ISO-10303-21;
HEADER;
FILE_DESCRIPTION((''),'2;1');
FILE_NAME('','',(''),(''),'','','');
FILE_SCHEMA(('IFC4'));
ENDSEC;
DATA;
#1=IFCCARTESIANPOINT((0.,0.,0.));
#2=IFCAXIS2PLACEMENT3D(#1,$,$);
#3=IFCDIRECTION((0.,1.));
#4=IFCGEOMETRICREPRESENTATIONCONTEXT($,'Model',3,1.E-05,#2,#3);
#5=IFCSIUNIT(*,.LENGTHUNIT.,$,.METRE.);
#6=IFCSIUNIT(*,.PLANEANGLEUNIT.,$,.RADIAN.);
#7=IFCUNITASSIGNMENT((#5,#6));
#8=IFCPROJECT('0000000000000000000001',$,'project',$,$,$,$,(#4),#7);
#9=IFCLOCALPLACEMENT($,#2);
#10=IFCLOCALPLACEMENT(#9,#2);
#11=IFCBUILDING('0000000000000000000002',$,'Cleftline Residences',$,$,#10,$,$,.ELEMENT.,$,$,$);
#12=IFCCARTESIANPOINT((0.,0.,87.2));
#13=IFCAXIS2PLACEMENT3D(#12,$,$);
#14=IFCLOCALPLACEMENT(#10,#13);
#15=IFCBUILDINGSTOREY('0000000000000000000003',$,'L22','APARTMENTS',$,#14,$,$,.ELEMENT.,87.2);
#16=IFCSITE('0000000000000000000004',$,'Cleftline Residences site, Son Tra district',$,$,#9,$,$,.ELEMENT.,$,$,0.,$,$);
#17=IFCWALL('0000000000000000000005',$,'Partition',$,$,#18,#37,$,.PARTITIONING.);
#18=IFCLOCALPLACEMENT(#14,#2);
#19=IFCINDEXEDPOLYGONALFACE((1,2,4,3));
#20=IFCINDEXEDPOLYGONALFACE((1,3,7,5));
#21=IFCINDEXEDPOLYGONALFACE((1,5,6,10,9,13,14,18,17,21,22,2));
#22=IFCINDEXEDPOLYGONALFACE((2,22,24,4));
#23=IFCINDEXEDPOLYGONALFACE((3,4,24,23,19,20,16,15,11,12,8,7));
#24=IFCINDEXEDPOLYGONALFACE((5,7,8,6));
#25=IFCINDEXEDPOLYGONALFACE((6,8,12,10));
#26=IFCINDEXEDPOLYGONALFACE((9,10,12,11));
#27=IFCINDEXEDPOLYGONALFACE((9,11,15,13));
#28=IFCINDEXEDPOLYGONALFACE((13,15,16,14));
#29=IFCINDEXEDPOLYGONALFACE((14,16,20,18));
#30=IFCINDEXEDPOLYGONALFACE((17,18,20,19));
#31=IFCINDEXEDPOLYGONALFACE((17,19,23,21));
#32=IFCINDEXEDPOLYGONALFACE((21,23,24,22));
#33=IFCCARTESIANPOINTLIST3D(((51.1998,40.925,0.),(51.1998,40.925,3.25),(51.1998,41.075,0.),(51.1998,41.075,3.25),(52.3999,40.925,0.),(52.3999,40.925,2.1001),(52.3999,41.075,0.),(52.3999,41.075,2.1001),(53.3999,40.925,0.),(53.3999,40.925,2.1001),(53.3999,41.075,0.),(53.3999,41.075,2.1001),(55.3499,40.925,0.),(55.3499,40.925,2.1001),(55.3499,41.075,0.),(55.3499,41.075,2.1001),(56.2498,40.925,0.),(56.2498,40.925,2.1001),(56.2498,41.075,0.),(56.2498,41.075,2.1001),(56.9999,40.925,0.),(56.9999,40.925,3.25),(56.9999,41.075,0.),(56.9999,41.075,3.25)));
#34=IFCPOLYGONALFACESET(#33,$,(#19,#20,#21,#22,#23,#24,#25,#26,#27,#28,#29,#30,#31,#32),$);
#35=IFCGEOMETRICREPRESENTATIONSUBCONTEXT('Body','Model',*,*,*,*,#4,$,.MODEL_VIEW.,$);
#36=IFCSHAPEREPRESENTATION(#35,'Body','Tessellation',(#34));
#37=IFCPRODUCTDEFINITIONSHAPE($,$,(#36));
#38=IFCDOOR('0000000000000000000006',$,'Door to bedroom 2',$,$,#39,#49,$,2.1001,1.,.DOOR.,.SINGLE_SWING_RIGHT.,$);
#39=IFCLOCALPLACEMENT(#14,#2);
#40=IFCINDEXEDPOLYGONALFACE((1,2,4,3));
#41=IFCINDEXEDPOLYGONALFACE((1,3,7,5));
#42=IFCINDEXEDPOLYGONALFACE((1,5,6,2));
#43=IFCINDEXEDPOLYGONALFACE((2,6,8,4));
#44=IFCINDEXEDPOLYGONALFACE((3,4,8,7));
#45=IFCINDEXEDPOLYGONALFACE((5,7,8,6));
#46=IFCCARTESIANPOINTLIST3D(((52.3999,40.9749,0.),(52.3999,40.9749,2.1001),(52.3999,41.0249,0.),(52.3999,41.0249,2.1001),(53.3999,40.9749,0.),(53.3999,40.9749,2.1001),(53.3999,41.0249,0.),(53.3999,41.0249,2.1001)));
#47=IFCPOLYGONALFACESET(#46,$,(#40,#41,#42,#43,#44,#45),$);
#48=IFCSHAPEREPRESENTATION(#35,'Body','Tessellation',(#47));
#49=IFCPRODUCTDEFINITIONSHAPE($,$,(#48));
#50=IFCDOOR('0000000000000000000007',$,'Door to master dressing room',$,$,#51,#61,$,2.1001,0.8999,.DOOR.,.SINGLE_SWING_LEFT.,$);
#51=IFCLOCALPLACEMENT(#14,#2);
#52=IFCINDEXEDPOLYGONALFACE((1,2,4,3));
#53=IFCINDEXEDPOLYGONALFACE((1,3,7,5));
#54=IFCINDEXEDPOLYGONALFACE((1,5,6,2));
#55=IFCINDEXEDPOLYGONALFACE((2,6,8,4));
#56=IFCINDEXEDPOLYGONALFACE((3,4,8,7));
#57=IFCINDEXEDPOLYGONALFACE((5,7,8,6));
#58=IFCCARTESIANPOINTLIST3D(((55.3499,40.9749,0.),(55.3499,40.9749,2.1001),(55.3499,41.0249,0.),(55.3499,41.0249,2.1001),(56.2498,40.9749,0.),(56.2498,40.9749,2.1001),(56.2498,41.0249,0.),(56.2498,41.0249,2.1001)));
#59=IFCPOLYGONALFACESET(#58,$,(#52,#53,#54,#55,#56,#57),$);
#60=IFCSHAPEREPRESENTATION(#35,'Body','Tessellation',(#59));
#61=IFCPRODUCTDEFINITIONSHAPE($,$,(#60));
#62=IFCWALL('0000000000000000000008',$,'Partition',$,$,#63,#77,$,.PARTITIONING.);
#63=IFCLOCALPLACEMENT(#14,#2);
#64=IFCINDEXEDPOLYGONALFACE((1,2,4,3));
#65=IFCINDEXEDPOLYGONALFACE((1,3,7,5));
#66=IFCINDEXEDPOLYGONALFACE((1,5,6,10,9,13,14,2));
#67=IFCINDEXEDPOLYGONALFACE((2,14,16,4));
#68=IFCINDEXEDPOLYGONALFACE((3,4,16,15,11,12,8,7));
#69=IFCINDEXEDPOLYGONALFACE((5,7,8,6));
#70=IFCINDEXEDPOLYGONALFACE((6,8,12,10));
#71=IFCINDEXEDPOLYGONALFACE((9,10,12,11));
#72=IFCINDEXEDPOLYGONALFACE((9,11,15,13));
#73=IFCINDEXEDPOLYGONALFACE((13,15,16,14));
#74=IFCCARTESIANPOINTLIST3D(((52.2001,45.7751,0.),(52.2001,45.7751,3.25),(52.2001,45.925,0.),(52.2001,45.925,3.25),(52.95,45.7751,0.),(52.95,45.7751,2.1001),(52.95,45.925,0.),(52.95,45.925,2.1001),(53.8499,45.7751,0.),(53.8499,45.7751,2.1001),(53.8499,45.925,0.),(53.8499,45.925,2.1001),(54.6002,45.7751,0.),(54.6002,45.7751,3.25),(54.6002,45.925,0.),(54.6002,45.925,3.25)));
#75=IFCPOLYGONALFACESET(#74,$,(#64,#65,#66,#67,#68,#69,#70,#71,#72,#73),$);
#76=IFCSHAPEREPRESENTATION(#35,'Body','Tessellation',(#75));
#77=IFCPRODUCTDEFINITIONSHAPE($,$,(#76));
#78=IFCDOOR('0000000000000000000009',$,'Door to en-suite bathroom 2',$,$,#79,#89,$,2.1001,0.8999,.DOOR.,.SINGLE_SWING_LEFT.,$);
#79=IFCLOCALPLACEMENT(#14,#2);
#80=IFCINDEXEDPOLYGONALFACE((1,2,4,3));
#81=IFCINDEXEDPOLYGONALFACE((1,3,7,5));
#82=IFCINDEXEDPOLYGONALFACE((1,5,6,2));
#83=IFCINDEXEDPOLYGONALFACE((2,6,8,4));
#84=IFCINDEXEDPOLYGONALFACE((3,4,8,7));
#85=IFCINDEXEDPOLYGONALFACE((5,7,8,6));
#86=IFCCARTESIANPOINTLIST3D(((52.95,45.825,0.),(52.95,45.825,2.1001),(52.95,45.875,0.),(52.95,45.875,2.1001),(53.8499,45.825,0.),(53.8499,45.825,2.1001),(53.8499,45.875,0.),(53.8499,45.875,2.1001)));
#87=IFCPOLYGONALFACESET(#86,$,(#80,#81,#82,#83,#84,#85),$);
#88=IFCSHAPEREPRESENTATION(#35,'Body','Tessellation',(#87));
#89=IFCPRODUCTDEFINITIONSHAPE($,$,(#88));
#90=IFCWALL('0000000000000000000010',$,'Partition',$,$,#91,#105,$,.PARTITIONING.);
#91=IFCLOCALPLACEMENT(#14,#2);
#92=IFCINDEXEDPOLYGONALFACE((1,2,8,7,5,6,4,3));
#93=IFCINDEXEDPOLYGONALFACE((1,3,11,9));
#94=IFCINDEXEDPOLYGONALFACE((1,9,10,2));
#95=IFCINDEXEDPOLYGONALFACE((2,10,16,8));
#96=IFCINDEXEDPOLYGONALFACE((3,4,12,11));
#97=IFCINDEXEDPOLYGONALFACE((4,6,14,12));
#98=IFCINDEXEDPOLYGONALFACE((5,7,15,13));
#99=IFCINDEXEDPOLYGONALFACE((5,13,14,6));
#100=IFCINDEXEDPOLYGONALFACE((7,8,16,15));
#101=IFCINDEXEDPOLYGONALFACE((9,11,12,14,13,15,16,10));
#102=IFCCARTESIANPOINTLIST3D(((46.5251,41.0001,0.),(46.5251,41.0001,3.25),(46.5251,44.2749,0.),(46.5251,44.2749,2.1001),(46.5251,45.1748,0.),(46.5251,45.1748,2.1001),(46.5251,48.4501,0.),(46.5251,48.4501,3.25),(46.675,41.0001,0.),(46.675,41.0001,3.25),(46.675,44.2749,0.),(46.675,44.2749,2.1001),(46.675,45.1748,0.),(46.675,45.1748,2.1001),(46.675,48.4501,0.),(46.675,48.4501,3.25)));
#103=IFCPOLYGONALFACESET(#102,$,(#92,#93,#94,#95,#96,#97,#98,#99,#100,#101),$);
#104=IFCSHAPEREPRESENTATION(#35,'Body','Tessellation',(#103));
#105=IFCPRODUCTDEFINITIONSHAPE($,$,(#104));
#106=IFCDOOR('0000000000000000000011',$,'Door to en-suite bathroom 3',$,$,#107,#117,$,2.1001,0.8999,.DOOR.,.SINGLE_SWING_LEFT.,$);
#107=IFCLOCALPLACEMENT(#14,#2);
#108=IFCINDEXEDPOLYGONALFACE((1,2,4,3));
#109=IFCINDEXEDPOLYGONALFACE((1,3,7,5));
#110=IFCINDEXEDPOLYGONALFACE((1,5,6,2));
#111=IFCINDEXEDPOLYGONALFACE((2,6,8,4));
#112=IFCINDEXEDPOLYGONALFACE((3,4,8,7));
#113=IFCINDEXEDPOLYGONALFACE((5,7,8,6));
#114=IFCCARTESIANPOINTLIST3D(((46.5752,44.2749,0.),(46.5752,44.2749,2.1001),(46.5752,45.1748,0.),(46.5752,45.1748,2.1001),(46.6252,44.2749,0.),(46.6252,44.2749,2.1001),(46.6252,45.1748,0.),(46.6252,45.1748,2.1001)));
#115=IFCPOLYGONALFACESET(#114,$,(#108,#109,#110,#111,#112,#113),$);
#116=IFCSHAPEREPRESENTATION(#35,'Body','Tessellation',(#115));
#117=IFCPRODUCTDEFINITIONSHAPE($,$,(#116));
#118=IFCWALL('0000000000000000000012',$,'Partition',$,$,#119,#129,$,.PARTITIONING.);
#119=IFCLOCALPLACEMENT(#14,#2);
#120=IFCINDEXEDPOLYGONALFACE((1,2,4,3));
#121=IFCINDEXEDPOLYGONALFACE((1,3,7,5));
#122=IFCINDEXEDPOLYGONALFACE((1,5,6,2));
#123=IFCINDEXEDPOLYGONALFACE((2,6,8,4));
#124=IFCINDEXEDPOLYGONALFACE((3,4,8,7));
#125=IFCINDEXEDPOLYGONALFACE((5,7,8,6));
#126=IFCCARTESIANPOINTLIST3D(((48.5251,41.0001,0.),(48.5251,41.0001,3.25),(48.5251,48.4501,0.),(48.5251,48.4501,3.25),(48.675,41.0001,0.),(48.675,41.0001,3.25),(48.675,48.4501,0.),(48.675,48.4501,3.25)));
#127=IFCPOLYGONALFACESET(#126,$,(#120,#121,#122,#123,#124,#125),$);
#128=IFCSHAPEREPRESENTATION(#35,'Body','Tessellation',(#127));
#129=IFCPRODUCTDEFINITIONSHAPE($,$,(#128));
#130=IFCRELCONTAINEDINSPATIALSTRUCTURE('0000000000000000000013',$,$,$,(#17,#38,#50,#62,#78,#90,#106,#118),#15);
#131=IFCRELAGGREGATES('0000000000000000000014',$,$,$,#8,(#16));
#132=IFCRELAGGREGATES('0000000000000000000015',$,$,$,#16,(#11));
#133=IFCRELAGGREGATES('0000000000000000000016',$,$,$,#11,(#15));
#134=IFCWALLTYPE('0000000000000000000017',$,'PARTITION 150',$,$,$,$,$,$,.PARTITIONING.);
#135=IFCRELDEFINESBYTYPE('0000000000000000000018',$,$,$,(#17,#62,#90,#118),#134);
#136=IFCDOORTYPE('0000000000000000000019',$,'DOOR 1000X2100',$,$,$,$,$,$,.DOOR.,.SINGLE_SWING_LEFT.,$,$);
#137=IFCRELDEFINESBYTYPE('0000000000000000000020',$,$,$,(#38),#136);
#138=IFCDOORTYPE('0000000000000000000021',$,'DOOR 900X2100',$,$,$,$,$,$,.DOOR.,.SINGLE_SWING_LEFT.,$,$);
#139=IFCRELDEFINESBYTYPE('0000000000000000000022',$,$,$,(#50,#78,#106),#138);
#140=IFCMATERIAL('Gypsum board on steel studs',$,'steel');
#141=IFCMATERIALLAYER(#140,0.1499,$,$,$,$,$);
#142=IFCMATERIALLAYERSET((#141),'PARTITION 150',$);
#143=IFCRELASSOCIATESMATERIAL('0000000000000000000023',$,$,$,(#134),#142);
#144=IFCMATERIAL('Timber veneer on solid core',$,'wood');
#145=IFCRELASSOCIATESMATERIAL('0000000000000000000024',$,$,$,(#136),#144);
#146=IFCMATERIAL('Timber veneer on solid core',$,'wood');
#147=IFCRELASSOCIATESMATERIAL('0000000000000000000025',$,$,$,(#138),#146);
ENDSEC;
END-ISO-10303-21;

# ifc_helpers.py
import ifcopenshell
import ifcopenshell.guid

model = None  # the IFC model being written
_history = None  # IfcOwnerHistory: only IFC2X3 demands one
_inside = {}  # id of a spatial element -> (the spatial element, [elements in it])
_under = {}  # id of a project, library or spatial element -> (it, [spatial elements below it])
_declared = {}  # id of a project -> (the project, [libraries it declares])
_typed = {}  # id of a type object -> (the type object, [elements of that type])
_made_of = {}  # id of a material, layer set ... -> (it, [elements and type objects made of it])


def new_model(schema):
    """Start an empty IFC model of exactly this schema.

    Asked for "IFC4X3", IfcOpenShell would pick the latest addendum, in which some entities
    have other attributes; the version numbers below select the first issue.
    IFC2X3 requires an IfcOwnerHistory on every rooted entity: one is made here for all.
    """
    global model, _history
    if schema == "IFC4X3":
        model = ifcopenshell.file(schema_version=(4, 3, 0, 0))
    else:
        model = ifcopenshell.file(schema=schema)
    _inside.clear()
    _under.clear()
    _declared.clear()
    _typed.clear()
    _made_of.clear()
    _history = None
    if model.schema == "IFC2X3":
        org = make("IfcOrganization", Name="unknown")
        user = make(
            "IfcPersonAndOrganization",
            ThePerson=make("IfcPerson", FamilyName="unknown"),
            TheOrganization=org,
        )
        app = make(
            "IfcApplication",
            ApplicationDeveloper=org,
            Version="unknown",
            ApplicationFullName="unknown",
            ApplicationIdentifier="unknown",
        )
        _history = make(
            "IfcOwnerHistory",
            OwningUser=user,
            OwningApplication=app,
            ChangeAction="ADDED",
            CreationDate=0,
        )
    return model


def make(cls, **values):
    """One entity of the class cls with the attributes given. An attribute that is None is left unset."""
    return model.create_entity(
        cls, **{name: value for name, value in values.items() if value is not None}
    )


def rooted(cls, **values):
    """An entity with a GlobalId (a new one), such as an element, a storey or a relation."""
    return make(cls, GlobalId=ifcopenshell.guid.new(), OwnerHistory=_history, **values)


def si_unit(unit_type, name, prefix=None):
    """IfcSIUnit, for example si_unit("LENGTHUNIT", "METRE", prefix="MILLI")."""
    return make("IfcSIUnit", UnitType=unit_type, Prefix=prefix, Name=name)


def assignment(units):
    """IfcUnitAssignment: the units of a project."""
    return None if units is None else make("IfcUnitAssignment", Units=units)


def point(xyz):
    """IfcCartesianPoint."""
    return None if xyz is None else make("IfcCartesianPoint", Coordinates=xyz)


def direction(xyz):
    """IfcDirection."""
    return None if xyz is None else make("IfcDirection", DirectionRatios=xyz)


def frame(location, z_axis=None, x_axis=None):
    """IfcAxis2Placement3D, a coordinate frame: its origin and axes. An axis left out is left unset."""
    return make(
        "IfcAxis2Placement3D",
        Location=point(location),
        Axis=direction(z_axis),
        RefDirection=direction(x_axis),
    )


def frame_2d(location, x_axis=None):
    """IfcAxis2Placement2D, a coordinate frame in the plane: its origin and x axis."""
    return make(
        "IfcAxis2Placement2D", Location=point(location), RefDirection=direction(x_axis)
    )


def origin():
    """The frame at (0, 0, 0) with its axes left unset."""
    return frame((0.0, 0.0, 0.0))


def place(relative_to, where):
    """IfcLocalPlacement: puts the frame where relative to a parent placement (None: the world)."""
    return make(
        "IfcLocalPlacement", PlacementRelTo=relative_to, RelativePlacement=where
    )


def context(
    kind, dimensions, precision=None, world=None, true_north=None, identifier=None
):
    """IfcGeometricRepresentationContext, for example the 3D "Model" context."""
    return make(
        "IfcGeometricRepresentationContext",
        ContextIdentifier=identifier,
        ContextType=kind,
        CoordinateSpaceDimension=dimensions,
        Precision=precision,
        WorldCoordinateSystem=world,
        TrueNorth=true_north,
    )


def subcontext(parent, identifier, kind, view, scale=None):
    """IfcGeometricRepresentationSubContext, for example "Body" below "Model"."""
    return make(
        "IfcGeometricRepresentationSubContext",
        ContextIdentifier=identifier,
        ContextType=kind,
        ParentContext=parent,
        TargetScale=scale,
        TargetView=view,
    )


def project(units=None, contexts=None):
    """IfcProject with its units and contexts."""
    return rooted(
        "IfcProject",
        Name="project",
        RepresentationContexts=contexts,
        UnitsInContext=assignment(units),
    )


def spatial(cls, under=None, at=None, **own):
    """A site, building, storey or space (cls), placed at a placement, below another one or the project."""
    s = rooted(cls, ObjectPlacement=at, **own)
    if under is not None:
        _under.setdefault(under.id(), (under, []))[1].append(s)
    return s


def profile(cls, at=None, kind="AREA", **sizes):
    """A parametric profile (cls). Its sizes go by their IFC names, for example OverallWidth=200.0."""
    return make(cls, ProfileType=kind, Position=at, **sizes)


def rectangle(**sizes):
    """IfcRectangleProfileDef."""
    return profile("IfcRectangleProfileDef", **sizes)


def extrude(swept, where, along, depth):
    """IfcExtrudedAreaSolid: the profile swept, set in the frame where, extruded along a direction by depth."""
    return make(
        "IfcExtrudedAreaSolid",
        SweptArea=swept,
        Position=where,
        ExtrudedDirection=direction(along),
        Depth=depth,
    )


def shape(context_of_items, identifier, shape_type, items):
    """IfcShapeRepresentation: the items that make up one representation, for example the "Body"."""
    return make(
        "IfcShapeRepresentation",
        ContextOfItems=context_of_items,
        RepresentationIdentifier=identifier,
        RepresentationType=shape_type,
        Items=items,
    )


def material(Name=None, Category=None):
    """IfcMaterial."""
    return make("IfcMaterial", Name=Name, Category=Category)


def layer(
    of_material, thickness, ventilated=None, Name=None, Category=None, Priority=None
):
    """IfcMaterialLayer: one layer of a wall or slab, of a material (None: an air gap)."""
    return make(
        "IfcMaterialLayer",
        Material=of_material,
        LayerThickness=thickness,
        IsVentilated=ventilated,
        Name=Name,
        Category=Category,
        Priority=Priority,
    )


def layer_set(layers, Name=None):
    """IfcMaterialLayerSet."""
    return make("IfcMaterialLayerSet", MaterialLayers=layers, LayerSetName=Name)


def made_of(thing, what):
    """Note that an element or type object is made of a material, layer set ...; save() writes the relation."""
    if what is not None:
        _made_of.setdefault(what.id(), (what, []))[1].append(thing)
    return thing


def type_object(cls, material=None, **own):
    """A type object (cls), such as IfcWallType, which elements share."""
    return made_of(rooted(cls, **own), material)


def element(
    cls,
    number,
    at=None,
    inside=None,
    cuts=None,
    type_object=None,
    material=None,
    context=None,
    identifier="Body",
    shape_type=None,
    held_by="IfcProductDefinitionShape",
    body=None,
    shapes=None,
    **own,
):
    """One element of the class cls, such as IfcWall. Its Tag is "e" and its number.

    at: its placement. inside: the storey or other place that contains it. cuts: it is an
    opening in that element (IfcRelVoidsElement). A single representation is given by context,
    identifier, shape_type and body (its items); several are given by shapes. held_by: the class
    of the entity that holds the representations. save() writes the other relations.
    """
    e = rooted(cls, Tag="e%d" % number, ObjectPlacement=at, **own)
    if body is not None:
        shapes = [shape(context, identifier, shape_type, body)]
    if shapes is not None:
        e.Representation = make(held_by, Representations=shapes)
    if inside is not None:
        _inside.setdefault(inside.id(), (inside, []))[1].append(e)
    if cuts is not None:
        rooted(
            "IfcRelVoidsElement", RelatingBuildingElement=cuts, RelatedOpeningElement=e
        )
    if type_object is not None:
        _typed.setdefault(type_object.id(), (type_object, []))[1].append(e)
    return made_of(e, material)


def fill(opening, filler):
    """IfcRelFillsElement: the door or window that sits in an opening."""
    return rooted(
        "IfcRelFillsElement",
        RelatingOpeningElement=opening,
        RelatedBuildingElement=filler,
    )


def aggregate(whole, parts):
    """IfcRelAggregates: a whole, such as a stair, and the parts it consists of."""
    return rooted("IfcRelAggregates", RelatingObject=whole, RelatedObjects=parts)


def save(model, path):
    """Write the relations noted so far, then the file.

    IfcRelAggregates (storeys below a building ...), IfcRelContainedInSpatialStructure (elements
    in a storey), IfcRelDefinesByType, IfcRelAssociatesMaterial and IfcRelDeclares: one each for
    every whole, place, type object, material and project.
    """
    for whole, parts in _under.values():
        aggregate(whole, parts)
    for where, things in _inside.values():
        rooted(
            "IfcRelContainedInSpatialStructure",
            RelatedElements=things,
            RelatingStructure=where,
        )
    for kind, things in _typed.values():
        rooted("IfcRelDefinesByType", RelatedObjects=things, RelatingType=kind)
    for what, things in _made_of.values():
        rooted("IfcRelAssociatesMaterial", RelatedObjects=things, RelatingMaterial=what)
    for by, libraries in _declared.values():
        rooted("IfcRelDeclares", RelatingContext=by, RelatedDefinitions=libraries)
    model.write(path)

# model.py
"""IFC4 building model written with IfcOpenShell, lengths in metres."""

from ifc_helpers import new_model, si_unit, direction, frame, frame_2d, origin, place, context, subcontext, project, spatial, rectangle, extrude, material, layer, layer_set, type_object, element, fill, save


model = new_model("IFC4")

# Units and contexts
model_context = context("Model", 3, precision=1e-05, world=origin(), true_north=direction((0.0, 1.0)))
body_context = subcontext(model_context, "Body", "Model", "MODEL_VIEW")
ifc_project = project(units=[si_unit("LENGTHUNIT", "METRE"), si_unit("PLANEANGLEUNIT", "RADIAN")], contexts=[model_context])

# Site, building, storey
site_placement = place(None, origin())
site = spatial("IfcSite", under=ifc_project, at=site_placement, Name="Cleftline Residences site, Son Tra district", CompositionType="ELEMENT", RefElevation=0.0)
building_placement = place(site_placement, origin())
building = spatial("IfcBuilding", under=site, at=building_placement, Name="Cleftline Residences", CompositionType="ELEMENT")
storey_placement = place(building_placement, frame((0.0, 0.0, 87.2)))
storey = spatial("IfcBuildingStorey", under=building, at=storey_placement, Name="L22", Description="APARTMENTS", CompositionType="ELEMENT", Elevation=87.2)

# Shared definitions
ifc_material_1 = material(Name="Gypsum board on steel studs", Category="steel")
ifc_layer_1 = layer(ifc_material_1, 0.1499)
ifc_layer_set_1 = layer_set([ifc_layer_1], Name="PARTITION 150")
wall_type = type_object("IfcWallType", Name="PARTITION 150", PredefinedType="PARTITIONING", material=ifc_layer_set_1)
ifc_material_2 = material(Name="Timber veneer on solid core", Category="wood")
door_type_1 = type_object("IfcDoorType", Name="DOOR 1000X2100", OperationType="SINGLE_SWING_LEFT", PredefinedType="DOOR", material=ifc_material_2)
ifc_material_3 = material(Name="Timber veneer on solid core", Category="wood")
door_type_2 = type_object("IfcDoorType", Name="DOOR 900X2100", OperationType="SINGLE_SWING_LEFT", PredefinedType="DOOR", material=ifc_material_3)

# Wall, openings, doors
wall_1_placement = place(storey_placement, frame((51.2, 41.0, 0.0), z_axis=(0.0, 0.0, 1.0), x_axis=(1.0, 0.0, 0.0)))
wall_1 = element("IfcWall", 1, at=wall_1_placement, inside=storey, type_object=wall_type, Name="Partition", PredefinedType="PARTITIONING", context=body_context, shape_type="SweptSolid", body=[
    extrude(rectangle(XDim=5.8, YDim=0.1499, at=frame_2d((2.8999, 0.0))), origin(), (0.0, 0.0, 1.0), 3.25),
])
opening_1_placement = place(wall_1_placement, frame((4.1499, 0.0, 0.0)))
opening_1 = element("IfcOpeningElement", 2, at=opening_1_placement, cuts=wall_1, PredefinedType="OPENING", context=body_context, shape_type="SweptSolid", body=[
    extrude(rectangle(XDim=0.8999, YDim=2.1001, at=frame_2d((0.45, 1.05))), frame((0.0, 0.085, 0.0), z_axis=(0.0, -1.0, 0.0), x_axis=(1.0, 0.0, 0.0)), (0.0, 0.0, 1.0), 0.1699),
])
opening_2_placement = place(wall_1_placement, frame((1.2, 0.0, 0.0)))
opening_2 = element("IfcOpeningElement", 3, at=opening_2_placement, cuts=wall_1, PredefinedType="OPENING", context=body_context, shape_type="SweptSolid", body=[
    extrude(rectangle(XDim=1.0, YDim=2.1001, at=frame_2d((0.5, 1.05))), frame((0.0, 0.085, 0.0), z_axis=(0.0, -1.0, 0.0), x_axis=(1.0, 0.0, 0.0)), (0.0, 0.0, 1.0), 0.1699),
])
door_1_placement = place(opening_2_placement, origin())
door_1 = element("IfcDoor", 4, at=door_1_placement, inside=storey, type_object=door_type_1, Name="Door to bedroom 2", OperationType="SINGLE_SWING_RIGHT", OverallHeight=2.1001, OverallWidth=1.0, PredefinedType="DOOR", context=body_context, shape_type="SweptSolid", body=[
    extrude(rectangle(XDim=1.0, YDim=2.1001, at=frame_2d((0.5, 1.05))), frame((0.0, 0.0249, 0.0), z_axis=(0.0, -1.0, 0.0), x_axis=(1.0, 0.0, 0.0)), (0.0, 0.0, 1.0), 0.05),
])
fill(opening_2, door_1)
door_2_placement = place(opening_1_placement, origin())
door_2 = element("IfcDoor", 5, at=door_2_placement, inside=storey, type_object=door_type_2, Name="Door to master dressing room", OperationType="SINGLE_SWING_LEFT", OverallHeight=2.1001, OverallWidth=0.8999, PredefinedType="DOOR", context=body_context, shape_type="SweptSolid", body=[
    extrude(rectangle(XDim=0.8999, YDim=2.1001, at=frame_2d((0.45, 1.05))), frame((0.0, 0.0249, 0.0), z_axis=(0.0, -1.0, 0.0), x_axis=(1.0, 0.0, 0.0)), (0.0, 0.0, 1.0), 0.05),
])
fill(opening_1, door_2)

# Walls, openings, doors
wall_2_placement = place(storey_placement, frame((52.2, 45.8501, 0.0), z_axis=(0.0, 0.0, 1.0), x_axis=(1.0, 0.0, 0.0)))
wall_2 = element("IfcWall", 6, at=wall_2_placement, inside=storey, type_object=wall_type, Name="Partition", PredefinedType="PARTITIONING", context=body_context, shape_type="SweptSolid", body=[
    extrude(rectangle(XDim=2.4001, YDim=0.1499, at=frame_2d((1.2002, 0.0))), origin(), (0.0, 0.0, 1.0), 3.25),
])
opening_3_placement = place(wall_2_placement, frame((0.75, 0.0, 0.0)))
opening_3 = element("IfcOpeningElement", 7, at=opening_3_placement, cuts=wall_2, PredefinedType="OPENING", context=body_context, shape_type="SweptSolid", body=[
    extrude(rectangle(XDim=0.8999, YDim=2.1001, at=frame_2d((0.45, 1.05))), frame((0.0, 0.085, 0.0), z_axis=(0.0, -1.0, 0.0), x_axis=(1.0, 0.0, 0.0)), (0.0, 0.0, 1.0), 0.1699),
])
door_3_placement = place(opening_3_placement, origin())
door_3 = element("IfcDoor", 8, at=door_3_placement, inside=storey, type_object=door_type_2, Name="Door to en-suite bathroom 2", OperationType="SINGLE_SWING_LEFT", OverallHeight=2.1001, OverallWidth=0.8999, PredefinedType="DOOR", context=body_context, shape_type="SweptSolid", body=[
    extrude(rectangle(XDim=0.8999, YDim=2.1001, at=frame_2d((0.45, 1.05))), frame((0.0, 0.0249, 0.0), z_axis=(0.0, -1.0, 0.0), x_axis=(1.0, 0.0, 0.0)), (0.0, 0.0, 1.0), 0.05),
])
fill(opening_3, door_3)
wall_3_placement = place(storey_placement, frame((46.6001, 41.0, 0.0), z_axis=(0.0, 0.0, 1.0), x_axis=(0.0, 1.0, 0.0)))
wall_3 = element("IfcWall", 9, at=wall_3_placement, inside=storey, type_object=wall_type, Name="Partition", PredefinedType="PARTITIONING", context=body_context, shape_type="SweptSolid", body=[
    extrude(rectangle(XDim=7.45, YDim=0.1499, at=frame_2d((3.7251, 0.0))), origin(), (0.0, 0.0, 1.0), 3.25),
])
opening_4_placement = place(wall_3_placement, frame((3.2749, 0.0, 0.0)))
opening_4 = element("IfcOpeningElement", 10, at=opening_4_placement, cuts=wall_3, PredefinedType="OPENING", context=body_context, shape_type="SweptSolid", body=[
    extrude(rectangle(XDim=0.8999, YDim=2.1001, at=frame_2d((0.45, 1.05))), frame((0.0, 0.085, 0.0), z_axis=(0.0, -1.0, 0.0), x_axis=(1.0, 0.0, 0.0)), (0.0, 0.0, 1.0), 0.1699),
])
door_4_placement = place(opening_4_placement, origin())
door_4 = element("IfcDoor", 11, at=door_4_placement, inside=storey, type_object=door_type_2, Name="Door to en-suite bathroom 3", OperationType="SINGLE_SWING_LEFT", OverallHeight=2.1001, OverallWidth=0.8999, PredefinedType="DOOR", context=body_context, shape_type="SweptSolid", body=[
    extrude(rectangle(XDim=0.8999, YDim=2.1001, at=frame_2d((0.45, 1.05))), frame((0.0, 0.0249, 0.0), z_axis=(0.0, -1.0, 0.0), x_axis=(1.0, 0.0, 0.0)), (0.0, 0.0, 1.0), 0.05),
])
fill(opening_4, door_4)

# Wall
wall_4_placement = place(storey_placement, frame((48.6001, 41.0, 0.0), z_axis=(0.0, 0.0, 1.0), x_axis=(0.0, 1.0, 0.0)))
element("IfcWall", 12, at=wall_4_placement, inside=storey, type_object=wall_type, Name="Partition", PredefinedType="PARTITIONING", context=body_context, shape_type="SweptSolid", body=[
    extrude(rectangle(XDim=7.45, YDim=0.1499, at=frame_2d((3.7251, 0.0))), origin(), (0.0, 0.0, 1.0), 3.25),
])

save(model, "model.ifc")
